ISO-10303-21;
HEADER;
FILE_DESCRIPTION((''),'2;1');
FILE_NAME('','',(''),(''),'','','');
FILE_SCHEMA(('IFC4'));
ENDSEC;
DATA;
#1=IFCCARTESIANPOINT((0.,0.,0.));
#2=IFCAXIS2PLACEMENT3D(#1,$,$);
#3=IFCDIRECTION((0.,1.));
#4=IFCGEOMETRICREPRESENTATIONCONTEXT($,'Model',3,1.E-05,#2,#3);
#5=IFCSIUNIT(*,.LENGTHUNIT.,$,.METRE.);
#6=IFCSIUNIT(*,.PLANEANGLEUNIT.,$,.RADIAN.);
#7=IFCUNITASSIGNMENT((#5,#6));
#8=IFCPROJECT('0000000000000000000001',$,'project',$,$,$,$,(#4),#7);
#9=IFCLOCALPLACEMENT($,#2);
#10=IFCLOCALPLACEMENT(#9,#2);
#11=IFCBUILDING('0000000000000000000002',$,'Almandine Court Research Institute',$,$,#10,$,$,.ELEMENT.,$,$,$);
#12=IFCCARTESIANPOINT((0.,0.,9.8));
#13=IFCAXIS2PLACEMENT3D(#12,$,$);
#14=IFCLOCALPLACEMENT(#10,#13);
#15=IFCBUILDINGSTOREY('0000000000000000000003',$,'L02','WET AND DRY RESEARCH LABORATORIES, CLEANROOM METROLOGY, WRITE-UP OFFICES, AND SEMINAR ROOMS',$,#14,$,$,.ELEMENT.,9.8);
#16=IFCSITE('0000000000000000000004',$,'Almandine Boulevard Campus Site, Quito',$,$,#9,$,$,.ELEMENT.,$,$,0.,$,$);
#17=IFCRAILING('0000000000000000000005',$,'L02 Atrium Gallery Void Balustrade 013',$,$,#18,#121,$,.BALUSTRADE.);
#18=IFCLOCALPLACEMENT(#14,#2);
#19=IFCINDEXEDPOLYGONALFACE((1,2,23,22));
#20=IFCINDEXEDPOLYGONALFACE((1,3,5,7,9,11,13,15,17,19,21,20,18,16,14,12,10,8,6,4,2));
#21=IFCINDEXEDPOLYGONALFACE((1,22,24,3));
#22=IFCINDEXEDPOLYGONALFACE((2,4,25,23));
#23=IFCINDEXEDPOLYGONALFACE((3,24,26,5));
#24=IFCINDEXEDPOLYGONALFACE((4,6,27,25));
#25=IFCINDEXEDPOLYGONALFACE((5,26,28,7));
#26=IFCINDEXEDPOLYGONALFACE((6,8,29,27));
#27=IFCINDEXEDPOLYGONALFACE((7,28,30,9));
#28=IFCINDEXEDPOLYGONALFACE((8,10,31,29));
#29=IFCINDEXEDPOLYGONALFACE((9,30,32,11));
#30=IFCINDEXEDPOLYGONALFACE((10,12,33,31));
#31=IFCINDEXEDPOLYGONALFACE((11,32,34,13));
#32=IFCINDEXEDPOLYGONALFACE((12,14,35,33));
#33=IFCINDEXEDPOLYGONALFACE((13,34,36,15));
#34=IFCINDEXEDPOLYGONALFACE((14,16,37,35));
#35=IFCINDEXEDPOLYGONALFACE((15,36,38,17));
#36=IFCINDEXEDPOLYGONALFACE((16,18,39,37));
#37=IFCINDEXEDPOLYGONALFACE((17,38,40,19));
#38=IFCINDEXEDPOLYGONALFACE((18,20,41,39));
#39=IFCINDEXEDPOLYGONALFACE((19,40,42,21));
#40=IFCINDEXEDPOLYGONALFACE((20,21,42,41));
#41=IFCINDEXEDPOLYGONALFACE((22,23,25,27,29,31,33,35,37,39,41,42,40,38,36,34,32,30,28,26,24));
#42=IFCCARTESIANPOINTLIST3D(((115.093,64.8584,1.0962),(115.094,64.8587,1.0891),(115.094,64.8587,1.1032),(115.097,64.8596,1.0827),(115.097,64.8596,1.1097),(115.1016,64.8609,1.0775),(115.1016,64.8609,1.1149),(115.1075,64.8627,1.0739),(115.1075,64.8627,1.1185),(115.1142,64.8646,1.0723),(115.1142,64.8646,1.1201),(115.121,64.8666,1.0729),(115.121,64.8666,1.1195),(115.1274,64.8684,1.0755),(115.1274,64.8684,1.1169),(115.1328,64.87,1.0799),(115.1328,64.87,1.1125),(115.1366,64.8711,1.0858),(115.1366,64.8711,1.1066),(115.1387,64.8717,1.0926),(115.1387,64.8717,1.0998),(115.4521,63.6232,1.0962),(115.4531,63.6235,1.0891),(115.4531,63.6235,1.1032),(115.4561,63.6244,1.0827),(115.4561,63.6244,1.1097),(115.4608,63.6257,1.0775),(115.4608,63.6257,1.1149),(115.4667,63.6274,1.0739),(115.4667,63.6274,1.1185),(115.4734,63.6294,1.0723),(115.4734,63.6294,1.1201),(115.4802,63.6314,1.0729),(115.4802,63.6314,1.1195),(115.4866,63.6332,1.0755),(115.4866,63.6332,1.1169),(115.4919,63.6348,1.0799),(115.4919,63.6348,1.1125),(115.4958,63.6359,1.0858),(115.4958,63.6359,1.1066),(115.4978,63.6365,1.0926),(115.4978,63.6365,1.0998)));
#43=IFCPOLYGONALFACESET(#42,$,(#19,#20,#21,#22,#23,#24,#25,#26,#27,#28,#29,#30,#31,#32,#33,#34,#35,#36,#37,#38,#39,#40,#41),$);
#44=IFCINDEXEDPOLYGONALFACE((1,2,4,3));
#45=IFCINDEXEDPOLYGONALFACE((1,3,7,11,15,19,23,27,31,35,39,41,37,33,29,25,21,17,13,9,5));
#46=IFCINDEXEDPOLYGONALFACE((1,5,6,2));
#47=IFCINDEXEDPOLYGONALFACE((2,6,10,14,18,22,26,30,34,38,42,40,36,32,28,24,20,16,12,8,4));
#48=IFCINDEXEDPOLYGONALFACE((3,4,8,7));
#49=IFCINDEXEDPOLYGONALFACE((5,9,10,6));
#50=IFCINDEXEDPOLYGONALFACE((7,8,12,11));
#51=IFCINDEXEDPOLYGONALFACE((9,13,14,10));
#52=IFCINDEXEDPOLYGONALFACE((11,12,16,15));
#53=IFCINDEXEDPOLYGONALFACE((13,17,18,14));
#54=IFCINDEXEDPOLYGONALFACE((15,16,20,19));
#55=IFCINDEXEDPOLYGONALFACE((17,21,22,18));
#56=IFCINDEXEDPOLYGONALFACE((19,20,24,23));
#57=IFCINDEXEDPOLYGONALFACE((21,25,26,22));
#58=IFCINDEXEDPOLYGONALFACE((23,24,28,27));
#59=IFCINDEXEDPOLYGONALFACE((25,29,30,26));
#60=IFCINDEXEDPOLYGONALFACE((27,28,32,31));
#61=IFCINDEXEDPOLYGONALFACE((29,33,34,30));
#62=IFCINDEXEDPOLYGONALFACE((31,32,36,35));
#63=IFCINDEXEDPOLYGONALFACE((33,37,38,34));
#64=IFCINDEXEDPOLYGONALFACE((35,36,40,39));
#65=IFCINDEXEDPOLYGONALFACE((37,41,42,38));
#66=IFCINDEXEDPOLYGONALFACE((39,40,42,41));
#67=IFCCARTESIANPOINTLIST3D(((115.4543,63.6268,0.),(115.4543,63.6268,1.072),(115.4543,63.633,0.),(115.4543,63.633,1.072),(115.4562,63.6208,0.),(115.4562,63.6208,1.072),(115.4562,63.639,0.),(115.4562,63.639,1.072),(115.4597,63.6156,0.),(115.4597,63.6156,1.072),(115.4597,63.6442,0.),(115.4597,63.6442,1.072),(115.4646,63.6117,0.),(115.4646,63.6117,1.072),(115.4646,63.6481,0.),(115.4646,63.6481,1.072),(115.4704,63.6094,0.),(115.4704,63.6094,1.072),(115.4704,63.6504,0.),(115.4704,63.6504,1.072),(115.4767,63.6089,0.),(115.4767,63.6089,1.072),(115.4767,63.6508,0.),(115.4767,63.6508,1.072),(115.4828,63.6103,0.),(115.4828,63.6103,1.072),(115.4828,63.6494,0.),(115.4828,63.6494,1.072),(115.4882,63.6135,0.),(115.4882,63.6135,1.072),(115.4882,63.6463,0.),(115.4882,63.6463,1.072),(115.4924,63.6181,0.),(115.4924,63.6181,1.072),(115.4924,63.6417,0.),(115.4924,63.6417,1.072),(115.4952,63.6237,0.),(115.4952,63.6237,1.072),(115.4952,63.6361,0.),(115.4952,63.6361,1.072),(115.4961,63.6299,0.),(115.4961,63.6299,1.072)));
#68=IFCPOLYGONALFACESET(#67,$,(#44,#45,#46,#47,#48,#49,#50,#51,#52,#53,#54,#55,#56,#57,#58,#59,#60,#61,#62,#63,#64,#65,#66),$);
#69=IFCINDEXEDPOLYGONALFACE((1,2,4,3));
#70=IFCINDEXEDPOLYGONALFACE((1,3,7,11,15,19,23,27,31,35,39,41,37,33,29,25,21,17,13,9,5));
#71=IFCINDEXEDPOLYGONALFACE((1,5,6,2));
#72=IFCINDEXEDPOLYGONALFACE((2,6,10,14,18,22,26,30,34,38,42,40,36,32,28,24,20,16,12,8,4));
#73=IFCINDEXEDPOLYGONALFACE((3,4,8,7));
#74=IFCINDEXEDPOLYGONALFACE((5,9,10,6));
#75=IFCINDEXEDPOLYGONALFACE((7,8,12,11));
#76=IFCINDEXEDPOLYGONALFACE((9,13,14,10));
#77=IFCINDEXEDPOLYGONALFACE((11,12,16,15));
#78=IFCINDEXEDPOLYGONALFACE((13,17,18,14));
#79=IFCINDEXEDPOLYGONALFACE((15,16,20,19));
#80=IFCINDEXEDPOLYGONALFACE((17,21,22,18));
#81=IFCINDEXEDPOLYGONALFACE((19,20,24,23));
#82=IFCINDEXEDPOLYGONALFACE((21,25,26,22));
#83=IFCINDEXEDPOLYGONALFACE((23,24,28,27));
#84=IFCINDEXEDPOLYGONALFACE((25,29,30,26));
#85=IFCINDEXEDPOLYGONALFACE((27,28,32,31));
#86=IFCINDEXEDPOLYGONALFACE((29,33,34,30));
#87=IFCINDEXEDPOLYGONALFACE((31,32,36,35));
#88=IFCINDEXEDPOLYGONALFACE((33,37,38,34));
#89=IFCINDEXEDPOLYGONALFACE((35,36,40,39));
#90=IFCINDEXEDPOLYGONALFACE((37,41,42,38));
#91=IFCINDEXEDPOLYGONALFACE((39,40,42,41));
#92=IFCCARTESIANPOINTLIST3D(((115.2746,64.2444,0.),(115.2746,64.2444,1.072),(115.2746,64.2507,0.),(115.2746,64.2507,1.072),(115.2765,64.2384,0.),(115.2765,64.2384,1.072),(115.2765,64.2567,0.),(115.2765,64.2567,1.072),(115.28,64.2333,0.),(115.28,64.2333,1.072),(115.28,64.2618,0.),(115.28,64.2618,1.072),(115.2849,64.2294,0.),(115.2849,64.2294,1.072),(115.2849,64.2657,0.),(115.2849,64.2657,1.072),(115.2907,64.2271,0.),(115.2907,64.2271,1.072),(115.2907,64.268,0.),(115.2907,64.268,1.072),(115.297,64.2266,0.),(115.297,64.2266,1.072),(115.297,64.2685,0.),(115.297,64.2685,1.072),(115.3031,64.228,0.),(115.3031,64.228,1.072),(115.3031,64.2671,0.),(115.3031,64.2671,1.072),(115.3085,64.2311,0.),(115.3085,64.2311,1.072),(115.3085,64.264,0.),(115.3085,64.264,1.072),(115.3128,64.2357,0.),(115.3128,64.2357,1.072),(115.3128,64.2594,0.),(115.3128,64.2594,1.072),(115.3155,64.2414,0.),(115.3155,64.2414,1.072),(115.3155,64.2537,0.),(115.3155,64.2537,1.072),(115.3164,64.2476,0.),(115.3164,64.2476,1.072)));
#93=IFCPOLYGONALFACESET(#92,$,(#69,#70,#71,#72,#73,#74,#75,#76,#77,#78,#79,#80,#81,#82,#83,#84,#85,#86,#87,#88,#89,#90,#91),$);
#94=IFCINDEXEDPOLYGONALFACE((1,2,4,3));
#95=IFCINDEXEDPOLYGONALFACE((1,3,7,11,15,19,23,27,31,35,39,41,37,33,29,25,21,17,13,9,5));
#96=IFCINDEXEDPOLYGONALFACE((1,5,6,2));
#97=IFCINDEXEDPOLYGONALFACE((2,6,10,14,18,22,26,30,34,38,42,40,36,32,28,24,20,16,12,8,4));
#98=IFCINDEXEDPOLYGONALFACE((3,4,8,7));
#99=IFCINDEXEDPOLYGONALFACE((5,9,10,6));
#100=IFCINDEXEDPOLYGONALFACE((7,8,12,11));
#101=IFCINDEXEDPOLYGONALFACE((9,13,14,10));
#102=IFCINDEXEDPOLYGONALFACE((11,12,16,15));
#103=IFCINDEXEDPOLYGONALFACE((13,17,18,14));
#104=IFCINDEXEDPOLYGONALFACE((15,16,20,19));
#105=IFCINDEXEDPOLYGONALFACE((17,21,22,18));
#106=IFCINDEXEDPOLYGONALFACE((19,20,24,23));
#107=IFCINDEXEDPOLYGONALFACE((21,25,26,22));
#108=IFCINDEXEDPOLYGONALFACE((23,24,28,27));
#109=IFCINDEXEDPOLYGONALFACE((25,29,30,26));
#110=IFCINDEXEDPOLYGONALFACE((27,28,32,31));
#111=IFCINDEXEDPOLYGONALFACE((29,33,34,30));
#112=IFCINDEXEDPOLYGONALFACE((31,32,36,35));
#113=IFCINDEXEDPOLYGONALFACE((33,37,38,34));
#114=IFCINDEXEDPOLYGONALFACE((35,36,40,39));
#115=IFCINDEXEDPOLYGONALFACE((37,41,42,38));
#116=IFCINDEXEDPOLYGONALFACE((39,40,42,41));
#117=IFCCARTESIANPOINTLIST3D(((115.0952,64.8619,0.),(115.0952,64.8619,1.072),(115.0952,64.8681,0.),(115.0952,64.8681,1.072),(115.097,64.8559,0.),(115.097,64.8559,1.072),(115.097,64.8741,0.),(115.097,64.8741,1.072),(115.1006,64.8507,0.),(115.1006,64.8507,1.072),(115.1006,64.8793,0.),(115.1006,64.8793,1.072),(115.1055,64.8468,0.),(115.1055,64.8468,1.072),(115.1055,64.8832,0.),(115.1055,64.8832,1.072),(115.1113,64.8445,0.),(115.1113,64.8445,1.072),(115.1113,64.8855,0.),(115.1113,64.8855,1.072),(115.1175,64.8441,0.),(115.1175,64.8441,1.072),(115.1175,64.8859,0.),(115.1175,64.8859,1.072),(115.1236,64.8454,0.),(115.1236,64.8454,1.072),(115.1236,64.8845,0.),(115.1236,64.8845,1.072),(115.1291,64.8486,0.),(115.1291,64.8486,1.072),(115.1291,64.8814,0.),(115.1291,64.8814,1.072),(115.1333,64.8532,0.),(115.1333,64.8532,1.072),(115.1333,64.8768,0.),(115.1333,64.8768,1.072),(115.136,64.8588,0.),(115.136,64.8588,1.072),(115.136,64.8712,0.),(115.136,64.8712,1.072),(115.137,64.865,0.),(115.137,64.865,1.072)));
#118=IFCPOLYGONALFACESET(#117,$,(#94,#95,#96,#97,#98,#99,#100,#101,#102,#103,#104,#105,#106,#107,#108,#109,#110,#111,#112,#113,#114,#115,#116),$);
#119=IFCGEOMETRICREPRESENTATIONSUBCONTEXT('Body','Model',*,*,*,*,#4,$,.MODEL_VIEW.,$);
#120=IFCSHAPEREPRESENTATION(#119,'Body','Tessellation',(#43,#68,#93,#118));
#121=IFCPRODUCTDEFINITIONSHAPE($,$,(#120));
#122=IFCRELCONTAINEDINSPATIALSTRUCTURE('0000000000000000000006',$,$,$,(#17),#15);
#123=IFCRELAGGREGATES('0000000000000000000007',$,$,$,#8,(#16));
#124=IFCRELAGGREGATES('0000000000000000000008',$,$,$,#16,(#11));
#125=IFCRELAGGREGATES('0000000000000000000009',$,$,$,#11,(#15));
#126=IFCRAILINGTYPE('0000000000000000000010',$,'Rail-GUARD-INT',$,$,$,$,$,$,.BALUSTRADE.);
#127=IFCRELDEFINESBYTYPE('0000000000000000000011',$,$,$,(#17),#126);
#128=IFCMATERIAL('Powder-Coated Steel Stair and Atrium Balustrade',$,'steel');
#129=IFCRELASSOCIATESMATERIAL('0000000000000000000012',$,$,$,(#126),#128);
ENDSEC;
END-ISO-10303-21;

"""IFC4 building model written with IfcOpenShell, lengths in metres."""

from ifc_helpers import new_model, si_unit, direction, frame, origin, origin_2d, place, context, subcontext, project, spatial, circle, extrude, material, type_object, element, save


model = new_model("IFC4")

# Units and contexts
model_context = context("Model", 3, precision=1e-05, world=origin(), true_north=direction((0.0, 1.0)))
body_context = subcontext(model_context, "Body", "Model", "MODEL_VIEW")
ifc_project = project(units=[si_unit("LENGTHUNIT", "METRE"), si_unit("PLANEANGLEUNIT", "RADIAN")], contexts=[model_context])

# Site, building, storey
site_placement = place(None, origin())
site = spatial("IfcSite", under=ifc_project, at=site_placement, Name="Almandine Boulevard Campus Site, Quito", CompositionType="ELEMENT", RefElevation=0.0)
building_placement = place(site_placement, origin())
building = spatial("IfcBuilding", under=site, at=building_placement, Name="Almandine Court Research Institute", CompositionType="ELEMENT")
storey_placement = place(building_placement, frame((0.0, 0.0, 9.8)))
storey = spatial("IfcBuildingStorey", under=building, at=storey_placement, Name="L02", Description="WET AND DRY RESEARCH LABORATORIES, CLEANROOM METROLOGY, WRITE-UP OFFICES, AND SEMINAR ROOMS", CompositionType="ELEMENT", Elevation=9.8)

# Railing
ifc_material_1 = material(Name="Powder-Coated Steel Stair and Atrium Balustrade", Category="steel")
railing_type = type_object("IfcRailingType", Name="Rail-GUARD-INT", PredefinedType="BALUSTRADE", material=ifc_material_1)
railing_1_placement = place(storey_placement, frame((115.4751, 63.6299, 0.0)))
element("IfcRailing", 1, at=railing_1_placement, inside=storey, type_object=railing_type, Name="L02 Atrium Gallery Void Balustrade 013", PredefinedType="BALUSTRADE", context=body_context, shape_type="SweptSolid", body=[
    extrude(circle(Radius=0.0239, at=origin_2d()), frame((0.0, 0.0, 1.0962), z_axis=(-0.279205, 0.960231, 0.0), x_axis=(-0.960231, -0.279205, 0.0)), (0.0, 0.0, 1.0), 1.2864),
    extrude(circle(Radius=0.021, at=origin_2d()), origin(), (0.0, 0.0, 1.0), 1.072),
    extrude(circle(Radius=0.021, at=origin_2d()), frame((-0.1797, 0.6177, 0.0)), (0.0, 0.0, 1.0), 1.072),
    extrude(circle(Radius=0.021, at=origin_2d()), frame((-0.3591, 1.2351, 0.0)), (0.0, 0.0, 1.0), 1.072),
])

save(model, "model.ifc")
